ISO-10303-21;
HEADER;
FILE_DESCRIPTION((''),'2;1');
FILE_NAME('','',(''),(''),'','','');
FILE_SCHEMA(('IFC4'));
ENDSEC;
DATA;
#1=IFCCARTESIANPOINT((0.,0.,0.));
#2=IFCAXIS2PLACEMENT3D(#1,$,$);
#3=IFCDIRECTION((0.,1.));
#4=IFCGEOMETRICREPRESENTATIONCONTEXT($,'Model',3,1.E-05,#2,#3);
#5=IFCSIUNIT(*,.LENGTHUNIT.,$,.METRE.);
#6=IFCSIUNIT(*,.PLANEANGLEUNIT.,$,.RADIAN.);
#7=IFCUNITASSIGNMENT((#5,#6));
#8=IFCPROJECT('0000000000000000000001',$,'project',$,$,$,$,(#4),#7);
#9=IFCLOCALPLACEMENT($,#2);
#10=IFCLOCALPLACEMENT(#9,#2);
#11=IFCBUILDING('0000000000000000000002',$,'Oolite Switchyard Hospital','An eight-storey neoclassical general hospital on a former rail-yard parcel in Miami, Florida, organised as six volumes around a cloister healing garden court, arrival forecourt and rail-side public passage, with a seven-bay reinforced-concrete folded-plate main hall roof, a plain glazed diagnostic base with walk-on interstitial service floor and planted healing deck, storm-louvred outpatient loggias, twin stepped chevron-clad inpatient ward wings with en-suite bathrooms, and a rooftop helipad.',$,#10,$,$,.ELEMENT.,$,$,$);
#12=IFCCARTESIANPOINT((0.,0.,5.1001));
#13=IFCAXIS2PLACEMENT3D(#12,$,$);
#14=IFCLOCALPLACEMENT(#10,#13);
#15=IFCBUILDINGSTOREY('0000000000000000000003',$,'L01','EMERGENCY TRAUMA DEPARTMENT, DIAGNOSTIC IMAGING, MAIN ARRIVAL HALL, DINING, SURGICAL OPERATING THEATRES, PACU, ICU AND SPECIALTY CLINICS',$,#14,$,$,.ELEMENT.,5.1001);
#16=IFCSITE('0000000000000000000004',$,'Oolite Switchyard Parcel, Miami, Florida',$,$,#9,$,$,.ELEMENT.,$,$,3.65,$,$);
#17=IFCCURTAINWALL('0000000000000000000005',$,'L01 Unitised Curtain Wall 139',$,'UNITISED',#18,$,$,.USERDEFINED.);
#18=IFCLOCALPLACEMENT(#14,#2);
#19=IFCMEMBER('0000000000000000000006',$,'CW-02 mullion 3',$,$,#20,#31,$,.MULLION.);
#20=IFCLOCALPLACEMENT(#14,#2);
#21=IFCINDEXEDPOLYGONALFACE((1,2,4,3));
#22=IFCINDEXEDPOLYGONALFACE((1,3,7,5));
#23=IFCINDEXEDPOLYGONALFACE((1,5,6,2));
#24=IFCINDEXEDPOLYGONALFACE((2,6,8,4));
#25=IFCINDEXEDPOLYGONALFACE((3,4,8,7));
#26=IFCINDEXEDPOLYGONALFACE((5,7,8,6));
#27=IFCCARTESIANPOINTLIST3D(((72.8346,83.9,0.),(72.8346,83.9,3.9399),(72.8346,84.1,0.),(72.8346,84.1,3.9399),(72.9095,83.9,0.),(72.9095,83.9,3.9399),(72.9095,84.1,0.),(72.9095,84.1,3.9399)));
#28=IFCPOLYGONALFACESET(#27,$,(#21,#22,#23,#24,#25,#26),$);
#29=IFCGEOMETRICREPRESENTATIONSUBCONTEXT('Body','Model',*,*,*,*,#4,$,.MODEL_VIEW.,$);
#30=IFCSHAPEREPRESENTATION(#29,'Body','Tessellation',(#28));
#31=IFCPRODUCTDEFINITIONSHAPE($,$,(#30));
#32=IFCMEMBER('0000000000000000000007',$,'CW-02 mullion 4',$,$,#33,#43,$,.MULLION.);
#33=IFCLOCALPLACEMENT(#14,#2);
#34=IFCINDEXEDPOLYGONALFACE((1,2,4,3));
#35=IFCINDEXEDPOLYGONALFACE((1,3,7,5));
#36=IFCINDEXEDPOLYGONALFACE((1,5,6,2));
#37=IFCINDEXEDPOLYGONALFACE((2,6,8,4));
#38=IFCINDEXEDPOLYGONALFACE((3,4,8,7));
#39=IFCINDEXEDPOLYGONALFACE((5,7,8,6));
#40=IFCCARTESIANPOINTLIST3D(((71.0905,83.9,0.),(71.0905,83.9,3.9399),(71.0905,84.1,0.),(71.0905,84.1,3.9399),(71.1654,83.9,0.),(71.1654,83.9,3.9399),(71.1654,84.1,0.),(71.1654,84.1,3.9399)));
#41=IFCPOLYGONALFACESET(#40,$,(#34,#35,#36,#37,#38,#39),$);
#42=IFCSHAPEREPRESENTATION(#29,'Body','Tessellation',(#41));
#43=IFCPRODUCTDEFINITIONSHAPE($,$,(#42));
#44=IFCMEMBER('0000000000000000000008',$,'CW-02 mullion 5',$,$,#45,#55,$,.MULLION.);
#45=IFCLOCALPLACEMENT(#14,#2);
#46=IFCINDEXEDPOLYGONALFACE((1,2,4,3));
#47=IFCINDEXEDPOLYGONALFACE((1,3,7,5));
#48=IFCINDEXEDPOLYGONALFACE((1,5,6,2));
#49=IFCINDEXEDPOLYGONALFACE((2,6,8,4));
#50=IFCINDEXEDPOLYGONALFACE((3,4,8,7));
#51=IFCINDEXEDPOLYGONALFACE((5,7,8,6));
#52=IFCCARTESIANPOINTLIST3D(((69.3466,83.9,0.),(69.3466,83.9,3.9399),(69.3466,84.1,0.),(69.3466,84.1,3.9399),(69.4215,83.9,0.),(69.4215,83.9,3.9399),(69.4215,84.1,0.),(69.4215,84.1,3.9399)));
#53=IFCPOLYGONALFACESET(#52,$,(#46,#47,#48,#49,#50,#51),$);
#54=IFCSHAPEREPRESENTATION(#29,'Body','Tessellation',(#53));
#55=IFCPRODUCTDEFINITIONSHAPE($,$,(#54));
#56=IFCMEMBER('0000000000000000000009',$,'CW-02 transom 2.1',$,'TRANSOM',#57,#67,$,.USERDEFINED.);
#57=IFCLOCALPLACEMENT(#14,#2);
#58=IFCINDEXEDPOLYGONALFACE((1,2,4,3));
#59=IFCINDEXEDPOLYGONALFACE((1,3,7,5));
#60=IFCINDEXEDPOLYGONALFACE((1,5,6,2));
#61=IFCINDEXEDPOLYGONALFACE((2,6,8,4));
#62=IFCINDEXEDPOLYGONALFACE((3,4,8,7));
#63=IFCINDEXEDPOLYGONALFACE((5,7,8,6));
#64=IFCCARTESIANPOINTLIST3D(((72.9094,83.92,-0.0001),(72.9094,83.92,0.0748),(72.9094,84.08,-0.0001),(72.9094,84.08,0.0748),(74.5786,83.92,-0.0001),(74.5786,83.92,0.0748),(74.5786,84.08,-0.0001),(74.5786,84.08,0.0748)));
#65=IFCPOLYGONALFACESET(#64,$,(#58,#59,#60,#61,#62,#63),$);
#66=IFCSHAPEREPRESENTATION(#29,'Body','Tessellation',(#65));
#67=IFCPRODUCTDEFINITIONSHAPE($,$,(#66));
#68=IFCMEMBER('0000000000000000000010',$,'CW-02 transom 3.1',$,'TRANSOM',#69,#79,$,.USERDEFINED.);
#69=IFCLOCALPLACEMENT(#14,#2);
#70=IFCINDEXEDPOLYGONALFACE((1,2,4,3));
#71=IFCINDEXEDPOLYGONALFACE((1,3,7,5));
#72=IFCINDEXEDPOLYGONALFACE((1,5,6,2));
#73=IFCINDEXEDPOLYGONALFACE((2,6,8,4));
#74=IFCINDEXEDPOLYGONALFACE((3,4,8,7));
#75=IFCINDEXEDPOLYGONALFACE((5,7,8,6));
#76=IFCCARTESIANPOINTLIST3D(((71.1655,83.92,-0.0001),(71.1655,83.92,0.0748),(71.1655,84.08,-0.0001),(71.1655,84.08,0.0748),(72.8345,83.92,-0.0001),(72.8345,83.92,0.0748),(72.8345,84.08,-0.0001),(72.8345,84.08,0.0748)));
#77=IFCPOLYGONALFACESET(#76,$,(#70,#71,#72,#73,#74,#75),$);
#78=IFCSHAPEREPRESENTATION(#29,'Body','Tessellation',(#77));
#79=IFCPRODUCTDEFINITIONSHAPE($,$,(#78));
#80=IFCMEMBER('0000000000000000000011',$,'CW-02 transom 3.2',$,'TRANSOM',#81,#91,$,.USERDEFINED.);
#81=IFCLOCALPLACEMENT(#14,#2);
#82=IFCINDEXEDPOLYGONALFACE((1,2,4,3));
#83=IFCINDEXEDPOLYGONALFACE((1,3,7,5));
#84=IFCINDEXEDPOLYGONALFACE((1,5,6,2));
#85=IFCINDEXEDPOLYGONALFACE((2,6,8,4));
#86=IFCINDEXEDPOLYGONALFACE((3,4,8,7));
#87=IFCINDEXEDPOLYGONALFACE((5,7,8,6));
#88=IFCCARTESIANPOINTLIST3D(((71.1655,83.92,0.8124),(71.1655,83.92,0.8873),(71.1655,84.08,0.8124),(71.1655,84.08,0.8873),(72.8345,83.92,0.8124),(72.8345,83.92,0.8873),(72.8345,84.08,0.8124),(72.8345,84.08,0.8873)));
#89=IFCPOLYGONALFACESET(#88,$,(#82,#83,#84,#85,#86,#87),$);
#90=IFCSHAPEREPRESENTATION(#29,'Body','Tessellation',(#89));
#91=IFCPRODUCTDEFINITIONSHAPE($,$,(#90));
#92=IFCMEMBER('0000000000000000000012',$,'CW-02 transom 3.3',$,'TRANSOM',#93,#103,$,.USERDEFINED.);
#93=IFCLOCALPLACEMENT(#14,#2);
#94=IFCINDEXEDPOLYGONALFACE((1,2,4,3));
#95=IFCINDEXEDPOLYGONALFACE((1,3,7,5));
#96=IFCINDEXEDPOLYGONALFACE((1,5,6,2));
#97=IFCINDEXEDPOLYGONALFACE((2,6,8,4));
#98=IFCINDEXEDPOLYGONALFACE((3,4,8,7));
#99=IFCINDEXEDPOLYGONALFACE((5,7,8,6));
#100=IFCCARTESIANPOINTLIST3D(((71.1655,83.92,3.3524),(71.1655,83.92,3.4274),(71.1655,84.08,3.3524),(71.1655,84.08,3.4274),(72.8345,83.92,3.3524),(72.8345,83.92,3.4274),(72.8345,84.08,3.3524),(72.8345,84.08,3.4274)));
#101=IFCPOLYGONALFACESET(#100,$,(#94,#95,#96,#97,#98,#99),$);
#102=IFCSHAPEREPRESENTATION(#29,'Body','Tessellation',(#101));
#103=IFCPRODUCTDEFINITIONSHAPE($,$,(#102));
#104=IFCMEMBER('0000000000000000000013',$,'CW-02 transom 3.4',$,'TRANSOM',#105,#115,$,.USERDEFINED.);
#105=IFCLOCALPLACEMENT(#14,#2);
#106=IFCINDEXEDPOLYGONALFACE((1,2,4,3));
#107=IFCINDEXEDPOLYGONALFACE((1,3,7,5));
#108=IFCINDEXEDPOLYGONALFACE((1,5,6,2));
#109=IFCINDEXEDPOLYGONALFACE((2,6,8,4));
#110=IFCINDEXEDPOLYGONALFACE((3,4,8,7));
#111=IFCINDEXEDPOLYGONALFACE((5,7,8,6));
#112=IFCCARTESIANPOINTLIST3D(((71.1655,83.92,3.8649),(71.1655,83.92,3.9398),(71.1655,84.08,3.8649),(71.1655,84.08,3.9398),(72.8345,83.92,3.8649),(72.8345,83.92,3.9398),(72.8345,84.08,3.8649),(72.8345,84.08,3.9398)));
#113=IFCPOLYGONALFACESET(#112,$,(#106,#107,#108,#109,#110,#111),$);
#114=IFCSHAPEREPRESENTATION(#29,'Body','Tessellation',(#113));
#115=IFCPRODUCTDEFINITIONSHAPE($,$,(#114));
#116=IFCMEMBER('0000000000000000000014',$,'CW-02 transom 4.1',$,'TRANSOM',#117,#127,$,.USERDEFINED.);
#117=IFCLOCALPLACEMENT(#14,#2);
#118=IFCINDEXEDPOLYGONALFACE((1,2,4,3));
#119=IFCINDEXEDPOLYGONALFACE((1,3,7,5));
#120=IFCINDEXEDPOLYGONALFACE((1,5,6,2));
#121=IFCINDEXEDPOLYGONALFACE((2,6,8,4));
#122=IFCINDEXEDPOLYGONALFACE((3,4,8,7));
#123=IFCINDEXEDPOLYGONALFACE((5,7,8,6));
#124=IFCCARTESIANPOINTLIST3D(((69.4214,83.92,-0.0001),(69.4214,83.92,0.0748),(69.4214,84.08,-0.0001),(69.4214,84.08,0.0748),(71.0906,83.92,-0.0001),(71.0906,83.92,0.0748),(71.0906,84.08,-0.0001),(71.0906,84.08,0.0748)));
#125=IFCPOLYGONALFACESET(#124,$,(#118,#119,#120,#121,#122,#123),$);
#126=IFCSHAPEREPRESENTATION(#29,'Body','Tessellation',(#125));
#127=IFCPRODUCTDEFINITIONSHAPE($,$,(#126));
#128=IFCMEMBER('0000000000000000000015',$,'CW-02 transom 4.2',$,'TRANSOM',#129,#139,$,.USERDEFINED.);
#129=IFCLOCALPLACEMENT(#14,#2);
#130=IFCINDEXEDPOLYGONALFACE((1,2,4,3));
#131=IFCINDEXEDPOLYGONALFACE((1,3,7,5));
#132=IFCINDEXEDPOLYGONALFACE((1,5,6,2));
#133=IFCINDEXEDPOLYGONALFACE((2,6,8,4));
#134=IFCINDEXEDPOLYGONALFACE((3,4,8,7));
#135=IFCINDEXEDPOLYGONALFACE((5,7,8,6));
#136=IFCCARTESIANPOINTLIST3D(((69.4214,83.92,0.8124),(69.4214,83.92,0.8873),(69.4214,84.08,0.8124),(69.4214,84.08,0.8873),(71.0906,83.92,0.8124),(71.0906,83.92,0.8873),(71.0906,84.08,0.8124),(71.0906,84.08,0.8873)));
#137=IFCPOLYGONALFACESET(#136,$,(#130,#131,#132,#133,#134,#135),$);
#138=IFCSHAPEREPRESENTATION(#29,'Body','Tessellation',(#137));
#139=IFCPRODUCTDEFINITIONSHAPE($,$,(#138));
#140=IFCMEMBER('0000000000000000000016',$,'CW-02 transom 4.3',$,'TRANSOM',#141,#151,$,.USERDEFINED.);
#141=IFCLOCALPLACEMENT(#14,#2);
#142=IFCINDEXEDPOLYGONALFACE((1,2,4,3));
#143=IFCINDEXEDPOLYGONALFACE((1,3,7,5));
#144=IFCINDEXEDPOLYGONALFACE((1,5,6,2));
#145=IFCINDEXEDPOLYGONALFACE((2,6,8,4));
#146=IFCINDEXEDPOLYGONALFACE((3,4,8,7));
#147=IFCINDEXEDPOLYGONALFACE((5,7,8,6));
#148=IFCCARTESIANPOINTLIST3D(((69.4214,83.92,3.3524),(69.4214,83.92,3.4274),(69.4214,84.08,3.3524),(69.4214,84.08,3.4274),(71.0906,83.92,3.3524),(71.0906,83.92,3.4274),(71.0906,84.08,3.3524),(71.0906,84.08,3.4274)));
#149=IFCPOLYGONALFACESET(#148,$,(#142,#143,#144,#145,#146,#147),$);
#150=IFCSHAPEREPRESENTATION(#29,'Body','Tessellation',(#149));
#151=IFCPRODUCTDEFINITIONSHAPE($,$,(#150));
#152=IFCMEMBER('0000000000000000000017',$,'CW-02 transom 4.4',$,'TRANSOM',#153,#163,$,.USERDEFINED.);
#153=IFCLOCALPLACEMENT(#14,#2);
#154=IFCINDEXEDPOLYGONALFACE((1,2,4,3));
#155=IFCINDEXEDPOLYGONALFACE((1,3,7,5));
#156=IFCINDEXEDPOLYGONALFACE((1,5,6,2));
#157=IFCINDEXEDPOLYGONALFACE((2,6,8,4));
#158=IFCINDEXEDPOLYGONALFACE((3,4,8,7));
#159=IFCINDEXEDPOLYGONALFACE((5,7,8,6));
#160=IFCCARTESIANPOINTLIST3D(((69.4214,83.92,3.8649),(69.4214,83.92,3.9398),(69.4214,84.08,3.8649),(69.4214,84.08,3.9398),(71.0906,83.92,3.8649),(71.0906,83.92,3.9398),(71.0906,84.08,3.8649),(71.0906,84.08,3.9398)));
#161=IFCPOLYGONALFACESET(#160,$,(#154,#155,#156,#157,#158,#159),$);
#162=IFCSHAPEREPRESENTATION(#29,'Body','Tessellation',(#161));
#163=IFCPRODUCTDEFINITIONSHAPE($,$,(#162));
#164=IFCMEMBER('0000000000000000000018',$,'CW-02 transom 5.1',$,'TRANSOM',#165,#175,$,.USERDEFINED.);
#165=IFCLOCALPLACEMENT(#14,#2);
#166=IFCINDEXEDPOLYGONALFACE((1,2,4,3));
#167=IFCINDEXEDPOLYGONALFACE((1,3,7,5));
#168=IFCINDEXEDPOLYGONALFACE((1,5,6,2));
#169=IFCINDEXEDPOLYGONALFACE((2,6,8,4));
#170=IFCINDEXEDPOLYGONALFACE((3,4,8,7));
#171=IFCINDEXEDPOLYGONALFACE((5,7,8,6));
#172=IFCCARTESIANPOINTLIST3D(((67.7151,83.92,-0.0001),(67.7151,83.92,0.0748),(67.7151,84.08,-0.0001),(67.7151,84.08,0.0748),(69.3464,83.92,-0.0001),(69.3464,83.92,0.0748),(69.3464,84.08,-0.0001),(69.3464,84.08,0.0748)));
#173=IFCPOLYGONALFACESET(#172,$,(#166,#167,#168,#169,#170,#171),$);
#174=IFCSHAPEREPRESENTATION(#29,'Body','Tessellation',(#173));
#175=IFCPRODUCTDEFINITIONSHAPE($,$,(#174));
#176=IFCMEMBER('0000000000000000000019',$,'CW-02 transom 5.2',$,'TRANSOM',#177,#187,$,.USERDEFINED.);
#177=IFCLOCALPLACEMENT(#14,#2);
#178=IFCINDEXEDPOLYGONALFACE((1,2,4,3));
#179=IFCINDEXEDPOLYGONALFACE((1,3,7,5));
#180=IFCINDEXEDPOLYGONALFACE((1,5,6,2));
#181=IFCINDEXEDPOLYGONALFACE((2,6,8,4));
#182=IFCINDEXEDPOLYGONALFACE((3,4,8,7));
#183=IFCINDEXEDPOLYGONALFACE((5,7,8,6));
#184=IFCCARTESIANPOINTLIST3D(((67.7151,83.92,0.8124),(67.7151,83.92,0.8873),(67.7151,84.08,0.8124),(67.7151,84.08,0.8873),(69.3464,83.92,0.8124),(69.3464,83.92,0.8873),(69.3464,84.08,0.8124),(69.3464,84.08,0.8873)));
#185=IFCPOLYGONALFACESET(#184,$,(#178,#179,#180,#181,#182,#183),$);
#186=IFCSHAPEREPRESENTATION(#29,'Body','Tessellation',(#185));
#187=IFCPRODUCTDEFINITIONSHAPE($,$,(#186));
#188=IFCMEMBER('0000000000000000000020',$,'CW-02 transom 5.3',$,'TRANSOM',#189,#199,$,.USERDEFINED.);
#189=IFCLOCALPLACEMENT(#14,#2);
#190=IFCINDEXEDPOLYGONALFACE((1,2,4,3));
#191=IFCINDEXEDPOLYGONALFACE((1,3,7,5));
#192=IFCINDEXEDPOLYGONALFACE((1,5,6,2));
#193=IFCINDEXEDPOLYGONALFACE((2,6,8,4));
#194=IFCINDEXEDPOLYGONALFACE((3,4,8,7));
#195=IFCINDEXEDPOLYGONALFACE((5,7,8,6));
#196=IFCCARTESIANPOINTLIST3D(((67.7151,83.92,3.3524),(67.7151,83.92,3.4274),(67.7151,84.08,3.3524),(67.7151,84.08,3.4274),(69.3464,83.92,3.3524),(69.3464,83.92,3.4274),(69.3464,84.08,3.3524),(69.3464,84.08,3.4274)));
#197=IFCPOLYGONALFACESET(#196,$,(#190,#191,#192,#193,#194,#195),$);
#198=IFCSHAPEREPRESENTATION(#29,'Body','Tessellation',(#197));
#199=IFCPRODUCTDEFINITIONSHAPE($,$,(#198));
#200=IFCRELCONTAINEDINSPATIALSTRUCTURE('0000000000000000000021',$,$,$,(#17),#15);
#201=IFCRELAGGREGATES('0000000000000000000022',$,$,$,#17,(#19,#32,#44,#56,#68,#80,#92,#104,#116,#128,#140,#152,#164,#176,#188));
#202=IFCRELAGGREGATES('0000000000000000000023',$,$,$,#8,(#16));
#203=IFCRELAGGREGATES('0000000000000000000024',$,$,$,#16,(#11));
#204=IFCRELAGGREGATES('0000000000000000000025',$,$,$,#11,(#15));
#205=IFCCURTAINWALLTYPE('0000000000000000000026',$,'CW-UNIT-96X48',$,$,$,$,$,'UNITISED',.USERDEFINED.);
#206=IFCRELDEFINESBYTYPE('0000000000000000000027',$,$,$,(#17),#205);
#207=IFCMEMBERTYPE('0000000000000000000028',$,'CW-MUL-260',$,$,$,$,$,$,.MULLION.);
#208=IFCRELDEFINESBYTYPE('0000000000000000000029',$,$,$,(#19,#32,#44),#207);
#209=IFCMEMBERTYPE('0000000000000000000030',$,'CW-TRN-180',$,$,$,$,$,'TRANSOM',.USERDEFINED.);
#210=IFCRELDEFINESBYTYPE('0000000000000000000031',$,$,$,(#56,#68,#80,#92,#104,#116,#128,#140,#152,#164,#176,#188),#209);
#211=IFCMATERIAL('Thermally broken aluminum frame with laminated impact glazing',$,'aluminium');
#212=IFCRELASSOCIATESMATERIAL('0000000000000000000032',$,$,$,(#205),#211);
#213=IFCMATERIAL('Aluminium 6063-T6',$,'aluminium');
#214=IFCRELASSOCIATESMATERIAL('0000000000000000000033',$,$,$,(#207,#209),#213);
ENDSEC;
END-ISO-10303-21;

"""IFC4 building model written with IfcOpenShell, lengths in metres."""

from ifc_helpers import new_model, si_unit, direction, frame, origin, origin_2d, place, context, subcontext, project, spatial, rectangle, extrude, material, material_profile, profile_set, type_object, element, aggregate, save


model = new_model("IFC4")

# Units and contexts
model_context = context("Model", 3, precision=1e-05, world=origin(), true_north=direction((0.0, 1.0)))
body_context = subcontext(model_context, "Body", "Model", "MODEL_VIEW")
ifc_project = project(units=[si_unit("LENGTHUNIT", "METRE"), si_unit("PLANEANGLEUNIT", "RADIAN")], contexts=[model_context])

# Site, building, storey
site_placement = place(None, origin())
site = spatial("IfcSite", under=ifc_project, at=site_placement, Name="Oolite Switchyard Parcel, Miami, Florida", CompositionType="ELEMENT", RefElevation=3.65)
building_placement = place(site_placement, origin())
building = spatial("IfcBuilding", under=site, at=building_placement, Name="Oolite Switchyard Hospital", Description="An eight-storey neoclassical general hospital on a former rail-yard parcel in Miami, Florida, organised as six volumes around a cloister healing garden court, arrival forecourt and rail-side public passage, with a seven-bay reinforced-concrete folded-plate main hall roof, a plain glazed diagnostic base with walk-on interstitial service floor and planted healing deck, storm-louvred outpatient loggias, twin stepped chevron-clad inpatient ward wings with en-suite bathrooms, and a rooftop helipad.", CompositionType="ELEMENT")
storey_placement = place(building_placement, frame((0.0, 0.0, 5.1001)))
storey = spatial("IfcBuildingStorey", under=building, at=storey_placement, Name="L01", Description="EMERGENCY TRAUMA DEPARTMENT, DIAGNOSTIC IMAGING, MAIN ARRIVAL HALL, DINING, SURGICAL OPERATING THEATRES, PACU, ICU AND SPECIALTY CLINICS", CompositionType="ELEMENT", Elevation=5.1001)

# Curtain wall, members
ifc_material_1 = material(Name="Thermally broken aluminum frame with laminated impact glazing", Category="aluminium")
curtain_wall_type = type_object("IfcCurtainWallType", Name="CW-UNIT-96X48", ElementType="UNITISED", PredefinedType="USERDEFINED", material=ifc_material_1)
curtain_wall_placement = place(storey_placement, origin())
curtain_wall = element("IfcCurtainWall", 1, at=curtain_wall_placement, inside=storey, type_object=curtain_wall_type, Name="L01 Unitised Curtain Wall 139", ObjectType="UNITISED", PredefinedType="USERDEFINED")
ifc_material_2 = material(Name="Aluminium 6063-T6", Category="aluminium")
ifc_material_profile_1 = material_profile(ifc_material_2, rectangle(XDim=0.2, YDim=0.075, at=origin_2d()), Name="CWM75X200")
ifc_profile_set_1 = profile_set([ifc_material_profile_1], Name="Aluminium 6063-T6")
member_type_1 = type_object("IfcMemberType", Name="CW-MUL-260", PredefinedType="MULLION", material=ifc_profile_set_1)
member_1_placement = place(storey_placement, frame((72.8721, 84.0, 0.0), z_axis=(0.0, 0.0, 1.0), x_axis=(0.0, -1.0, 0.0)))
member_1 = element("IfcMember", 2, at=member_1_placement, type_object=member_type_1, Name="CW-02 mullion 3", PredefinedType="MULLION", context=body_context, shape_type="SweptSolid", body=[
    extrude(rectangle(XDim=0.2, YDim=0.075, at=origin_2d()), origin(), (0.0, 0.0, 1.0), 3.9399),
])
member_2_placement = place(storey_placement, frame((71.1279, 84.0, 0.0), z_axis=(0.0, 0.0, 1.0), x_axis=(0.0, -1.0, 0.0)))
member_2 = element("IfcMember", 3, at=member_2_placement, type_object=member_type_1, Name="CW-02 mullion 4", PredefinedType="MULLION", context=body_context, shape_type="SweptSolid", body=[
    extrude(rectangle(XDim=0.2, YDim=0.075, at=origin_2d()), origin(), (0.0, 0.0, 1.0), 3.9399),
])
member_3_placement = place(storey_placement, frame((69.384, 84.0, 0.0), z_axis=(0.0, 0.0, 1.0), x_axis=(0.0, -1.0, 0.0)))
member_3 = element("IfcMember", 4, at=member_3_placement, type_object=member_type_1, Name="CW-02 mullion 5", PredefinedType="MULLION", context=body_context, shape_type="SweptSolid", body=[
    extrude(rectangle(XDim=0.2, YDim=0.075, at=origin_2d()), origin(), (0.0, 0.0, 1.0), 3.9399),
])
ifc_material_profile_2 = material_profile(ifc_material_2, rectangle(XDim=0.1599, YDim=0.075, at=origin_2d()), Name="CWT75X160")
ifc_profile_set_2 = profile_set([ifc_material_profile_2], Name="Aluminium 6063-T6")
member_type_2 = type_object("IfcMemberType", Name="CW-TRN-180", ElementType="TRANSOM", PredefinedType="USERDEFINED", material=ifc_profile_set_2)
member_4_placement = place(storey_placement, frame((74.5786, 84.0, 0.0374), z_axis=(-1.0, 0.0, 0.0), x_axis=(0.0, -1.0, 0.0)))
member_4 = element("IfcMember", 5, at=member_4_placement, type_object=member_type_2, Name="CW-02 transom 2.1", ObjectType="TRANSOM", PredefinedType="USERDEFINED", context=body_context, shape_type="SweptSolid", body=[
    extrude(rectangle(XDim=0.1599, YDim=0.075, at=origin_2d()), origin(), (0.0, 0.0, 1.0), 1.6692),
])
member_5_placement = place(storey_placement, frame((72.8345, 84.0, 0.0374), z_axis=(-1.0, 0.0, 0.0), x_axis=(0.0, -1.0, 0.0)))
member_5 = element("IfcMember", 6, at=member_5_placement, type_object=member_type_2, Name="CW-02 transom 3.1", ObjectType="TRANSOM", PredefinedType="USERDEFINED", context=body_context, shape_type="SweptSolid", body=[
    extrude(rectangle(XDim=0.1599, YDim=0.075, at=origin_2d()), origin(), (0.0, 0.0, 1.0), 1.6689),
])
member_6_placement = place(storey_placement, frame((72.8345, 84.0, 0.8499), z_axis=(-1.0, 0.0, 0.0), x_axis=(0.0, -1.0, 0.0)))
member_6 = element("IfcMember", 7, at=member_6_placement, type_object=member_type_2, Name="CW-02 transom 3.2", ObjectType="TRANSOM", PredefinedType="USERDEFINED", context=body_context, shape_type="SweptSolid", body=[
    extrude(rectangle(XDim=0.1599, YDim=0.075, at=origin_2d()), origin(), (0.0, 0.0, 1.0), 1.6689),
])
member_7_placement = place(storey_placement, frame((72.8345, 84.0, 3.3899), z_axis=(-1.0, 0.0, 0.0), x_axis=(0.0, -1.0, 0.0)))
member_7 = element("IfcMember", 8, at=member_7_placement, type_object=member_type_2, Name="CW-02 transom 3.3", ObjectType="TRANSOM", PredefinedType="USERDEFINED", context=body_context, shape_type="SweptSolid", body=[
    extrude(rectangle(XDim=0.1599, YDim=0.075, at=origin_2d()), origin(), (0.0, 0.0, 1.0), 1.6689),
])
member_8_placement = place(storey_placement, frame((72.8345, 84.0, 3.9023), z_axis=(-1.0, 0.0, 0.0), x_axis=(0.0, -1.0, 0.0)))
member_8 = element("IfcMember", 9, at=member_8_placement, type_object=member_type_2, Name="CW-02 transom 3.4", ObjectType="TRANSOM", PredefinedType="USERDEFINED", context=body_context, shape_type="SweptSolid", body=[
    extrude(rectangle(XDim=0.1599, YDim=0.075, at=origin_2d()), origin(), (0.0, 0.0, 1.0), 1.6689),
])
member_9_placement = place(storey_placement, frame((71.0906, 84.0, 0.0374), z_axis=(-1.0, 0.0, 0.0), x_axis=(0.0, -1.0, 0.0)))
member_9 = element("IfcMember", 10, at=member_9_placement, type_object=member_type_2, Name="CW-02 transom 4.1", ObjectType="TRANSOM", PredefinedType="USERDEFINED", context=body_context, shape_type="SweptSolid", body=[
    extrude(rectangle(XDim=0.1599, YDim=0.075, at=origin_2d()), origin(), (0.0, 0.0, 1.0), 1.6692),
])
member_10_placement = place(storey_placement, frame((71.0906, 84.0, 0.8499), z_axis=(-1.0, 0.0, 0.0), x_axis=(0.0, -1.0, 0.0)))
member_10 = element("IfcMember", 11, at=member_10_placement, type_object=member_type_2, Name="CW-02 transom 4.2", ObjectType="TRANSOM", PredefinedType="USERDEFINED", context=body_context, shape_type="SweptSolid", body=[
    extrude(rectangle(XDim=0.1599, YDim=0.075, at=origin_2d()), origin(), (0.0, 0.0, 1.0), 1.6692),
])
member_11_placement = place(storey_placement, frame((71.0906, 84.0, 3.3899), z_axis=(-1.0, 0.0, 0.0), x_axis=(0.0, -1.0, 0.0)))
member_11 = element("IfcMember", 12, at=member_11_placement, type_object=member_type_2, Name="CW-02 transom 4.3", ObjectType="TRANSOM", PredefinedType="USERDEFINED", context=body_context, shape_type="SweptSolid", body=[
    extrude(rectangle(XDim=0.1599, YDim=0.075, at=origin_2d()), origin(), (0.0, 0.0, 1.0), 1.6692),
])
member_12_placement = place(storey_placement, frame((71.0906, 84.0, 3.9023), z_axis=(-1.0, 0.0, 0.0), x_axis=(0.0, -1.0, 0.0)))
member_12 = element("IfcMember", 13, at=member_12_placement, type_object=member_type_2, Name="CW-02 transom 4.4", ObjectType="TRANSOM", PredefinedType="USERDEFINED", context=body_context, shape_type="SweptSolid", body=[
    extrude(rectangle(XDim=0.1599, YDim=0.075, at=origin_2d()), origin(), (0.0, 0.0, 1.0), 1.6692),
])
member_13_placement = place(storey_placement, frame((69.3464, 84.0, 0.0374), z_axis=(-1.0, 0.0, 0.0), x_axis=(0.0, -1.0, 0.0)))
member_13 = element("IfcMember", 14, at=member_13_placement, type_object=member_type_2, Name="CW-02 transom 5.1", ObjectType="TRANSOM", PredefinedType="USERDEFINED", context=body_context, shape_type="SweptSolid", body=[
    extrude(rectangle(XDim=0.1599, YDim=0.075, at=origin_2d()), origin(), (0.0, 0.0, 1.0), 1.6313),
])
member_14_placement = place(storey_placement, frame((69.3464, 84.0, 0.8499), z_axis=(-1.0, 0.0, 0.0), x_axis=(0.0, -1.0, 0.0)))
member_14 = element("IfcMember", 15, at=member_14_placement, type_object=member_type_2, Name="CW-02 transom 5.2", ObjectType="TRANSOM", PredefinedType="USERDEFINED", context=body_context, shape_type="SweptSolid", body=[
    extrude(rectangle(XDim=0.1599, YDim=0.075, at=origin_2d()), origin(), (0.0, 0.0, 1.0), 1.6313),
])
member_15_placement = place(storey_placement, frame((69.3464, 84.0, 3.3899), z_axis=(-1.0, 0.0, 0.0), x_axis=(0.0, -1.0, 0.0)))
member_15 = element("IfcMember", 16, at=member_15_placement, type_object=member_type_2, Name="CW-02 transom 5.3", ObjectType="TRANSOM", PredefinedType="USERDEFINED", context=body_context, shape_type="SweptSolid", body=[
    extrude(rectangle(XDim=0.1599, YDim=0.075, at=origin_2d()), origin(), (0.0, 0.0, 1.0), 1.6313),
])
aggregate(curtain_wall, [member_1, member_2, member_3, member_4, member_5, member_6, member_7, member_8, member_9, member_10, member_11, member_12, member_13, member_14, member_15])

save(model, "model.ifc")
